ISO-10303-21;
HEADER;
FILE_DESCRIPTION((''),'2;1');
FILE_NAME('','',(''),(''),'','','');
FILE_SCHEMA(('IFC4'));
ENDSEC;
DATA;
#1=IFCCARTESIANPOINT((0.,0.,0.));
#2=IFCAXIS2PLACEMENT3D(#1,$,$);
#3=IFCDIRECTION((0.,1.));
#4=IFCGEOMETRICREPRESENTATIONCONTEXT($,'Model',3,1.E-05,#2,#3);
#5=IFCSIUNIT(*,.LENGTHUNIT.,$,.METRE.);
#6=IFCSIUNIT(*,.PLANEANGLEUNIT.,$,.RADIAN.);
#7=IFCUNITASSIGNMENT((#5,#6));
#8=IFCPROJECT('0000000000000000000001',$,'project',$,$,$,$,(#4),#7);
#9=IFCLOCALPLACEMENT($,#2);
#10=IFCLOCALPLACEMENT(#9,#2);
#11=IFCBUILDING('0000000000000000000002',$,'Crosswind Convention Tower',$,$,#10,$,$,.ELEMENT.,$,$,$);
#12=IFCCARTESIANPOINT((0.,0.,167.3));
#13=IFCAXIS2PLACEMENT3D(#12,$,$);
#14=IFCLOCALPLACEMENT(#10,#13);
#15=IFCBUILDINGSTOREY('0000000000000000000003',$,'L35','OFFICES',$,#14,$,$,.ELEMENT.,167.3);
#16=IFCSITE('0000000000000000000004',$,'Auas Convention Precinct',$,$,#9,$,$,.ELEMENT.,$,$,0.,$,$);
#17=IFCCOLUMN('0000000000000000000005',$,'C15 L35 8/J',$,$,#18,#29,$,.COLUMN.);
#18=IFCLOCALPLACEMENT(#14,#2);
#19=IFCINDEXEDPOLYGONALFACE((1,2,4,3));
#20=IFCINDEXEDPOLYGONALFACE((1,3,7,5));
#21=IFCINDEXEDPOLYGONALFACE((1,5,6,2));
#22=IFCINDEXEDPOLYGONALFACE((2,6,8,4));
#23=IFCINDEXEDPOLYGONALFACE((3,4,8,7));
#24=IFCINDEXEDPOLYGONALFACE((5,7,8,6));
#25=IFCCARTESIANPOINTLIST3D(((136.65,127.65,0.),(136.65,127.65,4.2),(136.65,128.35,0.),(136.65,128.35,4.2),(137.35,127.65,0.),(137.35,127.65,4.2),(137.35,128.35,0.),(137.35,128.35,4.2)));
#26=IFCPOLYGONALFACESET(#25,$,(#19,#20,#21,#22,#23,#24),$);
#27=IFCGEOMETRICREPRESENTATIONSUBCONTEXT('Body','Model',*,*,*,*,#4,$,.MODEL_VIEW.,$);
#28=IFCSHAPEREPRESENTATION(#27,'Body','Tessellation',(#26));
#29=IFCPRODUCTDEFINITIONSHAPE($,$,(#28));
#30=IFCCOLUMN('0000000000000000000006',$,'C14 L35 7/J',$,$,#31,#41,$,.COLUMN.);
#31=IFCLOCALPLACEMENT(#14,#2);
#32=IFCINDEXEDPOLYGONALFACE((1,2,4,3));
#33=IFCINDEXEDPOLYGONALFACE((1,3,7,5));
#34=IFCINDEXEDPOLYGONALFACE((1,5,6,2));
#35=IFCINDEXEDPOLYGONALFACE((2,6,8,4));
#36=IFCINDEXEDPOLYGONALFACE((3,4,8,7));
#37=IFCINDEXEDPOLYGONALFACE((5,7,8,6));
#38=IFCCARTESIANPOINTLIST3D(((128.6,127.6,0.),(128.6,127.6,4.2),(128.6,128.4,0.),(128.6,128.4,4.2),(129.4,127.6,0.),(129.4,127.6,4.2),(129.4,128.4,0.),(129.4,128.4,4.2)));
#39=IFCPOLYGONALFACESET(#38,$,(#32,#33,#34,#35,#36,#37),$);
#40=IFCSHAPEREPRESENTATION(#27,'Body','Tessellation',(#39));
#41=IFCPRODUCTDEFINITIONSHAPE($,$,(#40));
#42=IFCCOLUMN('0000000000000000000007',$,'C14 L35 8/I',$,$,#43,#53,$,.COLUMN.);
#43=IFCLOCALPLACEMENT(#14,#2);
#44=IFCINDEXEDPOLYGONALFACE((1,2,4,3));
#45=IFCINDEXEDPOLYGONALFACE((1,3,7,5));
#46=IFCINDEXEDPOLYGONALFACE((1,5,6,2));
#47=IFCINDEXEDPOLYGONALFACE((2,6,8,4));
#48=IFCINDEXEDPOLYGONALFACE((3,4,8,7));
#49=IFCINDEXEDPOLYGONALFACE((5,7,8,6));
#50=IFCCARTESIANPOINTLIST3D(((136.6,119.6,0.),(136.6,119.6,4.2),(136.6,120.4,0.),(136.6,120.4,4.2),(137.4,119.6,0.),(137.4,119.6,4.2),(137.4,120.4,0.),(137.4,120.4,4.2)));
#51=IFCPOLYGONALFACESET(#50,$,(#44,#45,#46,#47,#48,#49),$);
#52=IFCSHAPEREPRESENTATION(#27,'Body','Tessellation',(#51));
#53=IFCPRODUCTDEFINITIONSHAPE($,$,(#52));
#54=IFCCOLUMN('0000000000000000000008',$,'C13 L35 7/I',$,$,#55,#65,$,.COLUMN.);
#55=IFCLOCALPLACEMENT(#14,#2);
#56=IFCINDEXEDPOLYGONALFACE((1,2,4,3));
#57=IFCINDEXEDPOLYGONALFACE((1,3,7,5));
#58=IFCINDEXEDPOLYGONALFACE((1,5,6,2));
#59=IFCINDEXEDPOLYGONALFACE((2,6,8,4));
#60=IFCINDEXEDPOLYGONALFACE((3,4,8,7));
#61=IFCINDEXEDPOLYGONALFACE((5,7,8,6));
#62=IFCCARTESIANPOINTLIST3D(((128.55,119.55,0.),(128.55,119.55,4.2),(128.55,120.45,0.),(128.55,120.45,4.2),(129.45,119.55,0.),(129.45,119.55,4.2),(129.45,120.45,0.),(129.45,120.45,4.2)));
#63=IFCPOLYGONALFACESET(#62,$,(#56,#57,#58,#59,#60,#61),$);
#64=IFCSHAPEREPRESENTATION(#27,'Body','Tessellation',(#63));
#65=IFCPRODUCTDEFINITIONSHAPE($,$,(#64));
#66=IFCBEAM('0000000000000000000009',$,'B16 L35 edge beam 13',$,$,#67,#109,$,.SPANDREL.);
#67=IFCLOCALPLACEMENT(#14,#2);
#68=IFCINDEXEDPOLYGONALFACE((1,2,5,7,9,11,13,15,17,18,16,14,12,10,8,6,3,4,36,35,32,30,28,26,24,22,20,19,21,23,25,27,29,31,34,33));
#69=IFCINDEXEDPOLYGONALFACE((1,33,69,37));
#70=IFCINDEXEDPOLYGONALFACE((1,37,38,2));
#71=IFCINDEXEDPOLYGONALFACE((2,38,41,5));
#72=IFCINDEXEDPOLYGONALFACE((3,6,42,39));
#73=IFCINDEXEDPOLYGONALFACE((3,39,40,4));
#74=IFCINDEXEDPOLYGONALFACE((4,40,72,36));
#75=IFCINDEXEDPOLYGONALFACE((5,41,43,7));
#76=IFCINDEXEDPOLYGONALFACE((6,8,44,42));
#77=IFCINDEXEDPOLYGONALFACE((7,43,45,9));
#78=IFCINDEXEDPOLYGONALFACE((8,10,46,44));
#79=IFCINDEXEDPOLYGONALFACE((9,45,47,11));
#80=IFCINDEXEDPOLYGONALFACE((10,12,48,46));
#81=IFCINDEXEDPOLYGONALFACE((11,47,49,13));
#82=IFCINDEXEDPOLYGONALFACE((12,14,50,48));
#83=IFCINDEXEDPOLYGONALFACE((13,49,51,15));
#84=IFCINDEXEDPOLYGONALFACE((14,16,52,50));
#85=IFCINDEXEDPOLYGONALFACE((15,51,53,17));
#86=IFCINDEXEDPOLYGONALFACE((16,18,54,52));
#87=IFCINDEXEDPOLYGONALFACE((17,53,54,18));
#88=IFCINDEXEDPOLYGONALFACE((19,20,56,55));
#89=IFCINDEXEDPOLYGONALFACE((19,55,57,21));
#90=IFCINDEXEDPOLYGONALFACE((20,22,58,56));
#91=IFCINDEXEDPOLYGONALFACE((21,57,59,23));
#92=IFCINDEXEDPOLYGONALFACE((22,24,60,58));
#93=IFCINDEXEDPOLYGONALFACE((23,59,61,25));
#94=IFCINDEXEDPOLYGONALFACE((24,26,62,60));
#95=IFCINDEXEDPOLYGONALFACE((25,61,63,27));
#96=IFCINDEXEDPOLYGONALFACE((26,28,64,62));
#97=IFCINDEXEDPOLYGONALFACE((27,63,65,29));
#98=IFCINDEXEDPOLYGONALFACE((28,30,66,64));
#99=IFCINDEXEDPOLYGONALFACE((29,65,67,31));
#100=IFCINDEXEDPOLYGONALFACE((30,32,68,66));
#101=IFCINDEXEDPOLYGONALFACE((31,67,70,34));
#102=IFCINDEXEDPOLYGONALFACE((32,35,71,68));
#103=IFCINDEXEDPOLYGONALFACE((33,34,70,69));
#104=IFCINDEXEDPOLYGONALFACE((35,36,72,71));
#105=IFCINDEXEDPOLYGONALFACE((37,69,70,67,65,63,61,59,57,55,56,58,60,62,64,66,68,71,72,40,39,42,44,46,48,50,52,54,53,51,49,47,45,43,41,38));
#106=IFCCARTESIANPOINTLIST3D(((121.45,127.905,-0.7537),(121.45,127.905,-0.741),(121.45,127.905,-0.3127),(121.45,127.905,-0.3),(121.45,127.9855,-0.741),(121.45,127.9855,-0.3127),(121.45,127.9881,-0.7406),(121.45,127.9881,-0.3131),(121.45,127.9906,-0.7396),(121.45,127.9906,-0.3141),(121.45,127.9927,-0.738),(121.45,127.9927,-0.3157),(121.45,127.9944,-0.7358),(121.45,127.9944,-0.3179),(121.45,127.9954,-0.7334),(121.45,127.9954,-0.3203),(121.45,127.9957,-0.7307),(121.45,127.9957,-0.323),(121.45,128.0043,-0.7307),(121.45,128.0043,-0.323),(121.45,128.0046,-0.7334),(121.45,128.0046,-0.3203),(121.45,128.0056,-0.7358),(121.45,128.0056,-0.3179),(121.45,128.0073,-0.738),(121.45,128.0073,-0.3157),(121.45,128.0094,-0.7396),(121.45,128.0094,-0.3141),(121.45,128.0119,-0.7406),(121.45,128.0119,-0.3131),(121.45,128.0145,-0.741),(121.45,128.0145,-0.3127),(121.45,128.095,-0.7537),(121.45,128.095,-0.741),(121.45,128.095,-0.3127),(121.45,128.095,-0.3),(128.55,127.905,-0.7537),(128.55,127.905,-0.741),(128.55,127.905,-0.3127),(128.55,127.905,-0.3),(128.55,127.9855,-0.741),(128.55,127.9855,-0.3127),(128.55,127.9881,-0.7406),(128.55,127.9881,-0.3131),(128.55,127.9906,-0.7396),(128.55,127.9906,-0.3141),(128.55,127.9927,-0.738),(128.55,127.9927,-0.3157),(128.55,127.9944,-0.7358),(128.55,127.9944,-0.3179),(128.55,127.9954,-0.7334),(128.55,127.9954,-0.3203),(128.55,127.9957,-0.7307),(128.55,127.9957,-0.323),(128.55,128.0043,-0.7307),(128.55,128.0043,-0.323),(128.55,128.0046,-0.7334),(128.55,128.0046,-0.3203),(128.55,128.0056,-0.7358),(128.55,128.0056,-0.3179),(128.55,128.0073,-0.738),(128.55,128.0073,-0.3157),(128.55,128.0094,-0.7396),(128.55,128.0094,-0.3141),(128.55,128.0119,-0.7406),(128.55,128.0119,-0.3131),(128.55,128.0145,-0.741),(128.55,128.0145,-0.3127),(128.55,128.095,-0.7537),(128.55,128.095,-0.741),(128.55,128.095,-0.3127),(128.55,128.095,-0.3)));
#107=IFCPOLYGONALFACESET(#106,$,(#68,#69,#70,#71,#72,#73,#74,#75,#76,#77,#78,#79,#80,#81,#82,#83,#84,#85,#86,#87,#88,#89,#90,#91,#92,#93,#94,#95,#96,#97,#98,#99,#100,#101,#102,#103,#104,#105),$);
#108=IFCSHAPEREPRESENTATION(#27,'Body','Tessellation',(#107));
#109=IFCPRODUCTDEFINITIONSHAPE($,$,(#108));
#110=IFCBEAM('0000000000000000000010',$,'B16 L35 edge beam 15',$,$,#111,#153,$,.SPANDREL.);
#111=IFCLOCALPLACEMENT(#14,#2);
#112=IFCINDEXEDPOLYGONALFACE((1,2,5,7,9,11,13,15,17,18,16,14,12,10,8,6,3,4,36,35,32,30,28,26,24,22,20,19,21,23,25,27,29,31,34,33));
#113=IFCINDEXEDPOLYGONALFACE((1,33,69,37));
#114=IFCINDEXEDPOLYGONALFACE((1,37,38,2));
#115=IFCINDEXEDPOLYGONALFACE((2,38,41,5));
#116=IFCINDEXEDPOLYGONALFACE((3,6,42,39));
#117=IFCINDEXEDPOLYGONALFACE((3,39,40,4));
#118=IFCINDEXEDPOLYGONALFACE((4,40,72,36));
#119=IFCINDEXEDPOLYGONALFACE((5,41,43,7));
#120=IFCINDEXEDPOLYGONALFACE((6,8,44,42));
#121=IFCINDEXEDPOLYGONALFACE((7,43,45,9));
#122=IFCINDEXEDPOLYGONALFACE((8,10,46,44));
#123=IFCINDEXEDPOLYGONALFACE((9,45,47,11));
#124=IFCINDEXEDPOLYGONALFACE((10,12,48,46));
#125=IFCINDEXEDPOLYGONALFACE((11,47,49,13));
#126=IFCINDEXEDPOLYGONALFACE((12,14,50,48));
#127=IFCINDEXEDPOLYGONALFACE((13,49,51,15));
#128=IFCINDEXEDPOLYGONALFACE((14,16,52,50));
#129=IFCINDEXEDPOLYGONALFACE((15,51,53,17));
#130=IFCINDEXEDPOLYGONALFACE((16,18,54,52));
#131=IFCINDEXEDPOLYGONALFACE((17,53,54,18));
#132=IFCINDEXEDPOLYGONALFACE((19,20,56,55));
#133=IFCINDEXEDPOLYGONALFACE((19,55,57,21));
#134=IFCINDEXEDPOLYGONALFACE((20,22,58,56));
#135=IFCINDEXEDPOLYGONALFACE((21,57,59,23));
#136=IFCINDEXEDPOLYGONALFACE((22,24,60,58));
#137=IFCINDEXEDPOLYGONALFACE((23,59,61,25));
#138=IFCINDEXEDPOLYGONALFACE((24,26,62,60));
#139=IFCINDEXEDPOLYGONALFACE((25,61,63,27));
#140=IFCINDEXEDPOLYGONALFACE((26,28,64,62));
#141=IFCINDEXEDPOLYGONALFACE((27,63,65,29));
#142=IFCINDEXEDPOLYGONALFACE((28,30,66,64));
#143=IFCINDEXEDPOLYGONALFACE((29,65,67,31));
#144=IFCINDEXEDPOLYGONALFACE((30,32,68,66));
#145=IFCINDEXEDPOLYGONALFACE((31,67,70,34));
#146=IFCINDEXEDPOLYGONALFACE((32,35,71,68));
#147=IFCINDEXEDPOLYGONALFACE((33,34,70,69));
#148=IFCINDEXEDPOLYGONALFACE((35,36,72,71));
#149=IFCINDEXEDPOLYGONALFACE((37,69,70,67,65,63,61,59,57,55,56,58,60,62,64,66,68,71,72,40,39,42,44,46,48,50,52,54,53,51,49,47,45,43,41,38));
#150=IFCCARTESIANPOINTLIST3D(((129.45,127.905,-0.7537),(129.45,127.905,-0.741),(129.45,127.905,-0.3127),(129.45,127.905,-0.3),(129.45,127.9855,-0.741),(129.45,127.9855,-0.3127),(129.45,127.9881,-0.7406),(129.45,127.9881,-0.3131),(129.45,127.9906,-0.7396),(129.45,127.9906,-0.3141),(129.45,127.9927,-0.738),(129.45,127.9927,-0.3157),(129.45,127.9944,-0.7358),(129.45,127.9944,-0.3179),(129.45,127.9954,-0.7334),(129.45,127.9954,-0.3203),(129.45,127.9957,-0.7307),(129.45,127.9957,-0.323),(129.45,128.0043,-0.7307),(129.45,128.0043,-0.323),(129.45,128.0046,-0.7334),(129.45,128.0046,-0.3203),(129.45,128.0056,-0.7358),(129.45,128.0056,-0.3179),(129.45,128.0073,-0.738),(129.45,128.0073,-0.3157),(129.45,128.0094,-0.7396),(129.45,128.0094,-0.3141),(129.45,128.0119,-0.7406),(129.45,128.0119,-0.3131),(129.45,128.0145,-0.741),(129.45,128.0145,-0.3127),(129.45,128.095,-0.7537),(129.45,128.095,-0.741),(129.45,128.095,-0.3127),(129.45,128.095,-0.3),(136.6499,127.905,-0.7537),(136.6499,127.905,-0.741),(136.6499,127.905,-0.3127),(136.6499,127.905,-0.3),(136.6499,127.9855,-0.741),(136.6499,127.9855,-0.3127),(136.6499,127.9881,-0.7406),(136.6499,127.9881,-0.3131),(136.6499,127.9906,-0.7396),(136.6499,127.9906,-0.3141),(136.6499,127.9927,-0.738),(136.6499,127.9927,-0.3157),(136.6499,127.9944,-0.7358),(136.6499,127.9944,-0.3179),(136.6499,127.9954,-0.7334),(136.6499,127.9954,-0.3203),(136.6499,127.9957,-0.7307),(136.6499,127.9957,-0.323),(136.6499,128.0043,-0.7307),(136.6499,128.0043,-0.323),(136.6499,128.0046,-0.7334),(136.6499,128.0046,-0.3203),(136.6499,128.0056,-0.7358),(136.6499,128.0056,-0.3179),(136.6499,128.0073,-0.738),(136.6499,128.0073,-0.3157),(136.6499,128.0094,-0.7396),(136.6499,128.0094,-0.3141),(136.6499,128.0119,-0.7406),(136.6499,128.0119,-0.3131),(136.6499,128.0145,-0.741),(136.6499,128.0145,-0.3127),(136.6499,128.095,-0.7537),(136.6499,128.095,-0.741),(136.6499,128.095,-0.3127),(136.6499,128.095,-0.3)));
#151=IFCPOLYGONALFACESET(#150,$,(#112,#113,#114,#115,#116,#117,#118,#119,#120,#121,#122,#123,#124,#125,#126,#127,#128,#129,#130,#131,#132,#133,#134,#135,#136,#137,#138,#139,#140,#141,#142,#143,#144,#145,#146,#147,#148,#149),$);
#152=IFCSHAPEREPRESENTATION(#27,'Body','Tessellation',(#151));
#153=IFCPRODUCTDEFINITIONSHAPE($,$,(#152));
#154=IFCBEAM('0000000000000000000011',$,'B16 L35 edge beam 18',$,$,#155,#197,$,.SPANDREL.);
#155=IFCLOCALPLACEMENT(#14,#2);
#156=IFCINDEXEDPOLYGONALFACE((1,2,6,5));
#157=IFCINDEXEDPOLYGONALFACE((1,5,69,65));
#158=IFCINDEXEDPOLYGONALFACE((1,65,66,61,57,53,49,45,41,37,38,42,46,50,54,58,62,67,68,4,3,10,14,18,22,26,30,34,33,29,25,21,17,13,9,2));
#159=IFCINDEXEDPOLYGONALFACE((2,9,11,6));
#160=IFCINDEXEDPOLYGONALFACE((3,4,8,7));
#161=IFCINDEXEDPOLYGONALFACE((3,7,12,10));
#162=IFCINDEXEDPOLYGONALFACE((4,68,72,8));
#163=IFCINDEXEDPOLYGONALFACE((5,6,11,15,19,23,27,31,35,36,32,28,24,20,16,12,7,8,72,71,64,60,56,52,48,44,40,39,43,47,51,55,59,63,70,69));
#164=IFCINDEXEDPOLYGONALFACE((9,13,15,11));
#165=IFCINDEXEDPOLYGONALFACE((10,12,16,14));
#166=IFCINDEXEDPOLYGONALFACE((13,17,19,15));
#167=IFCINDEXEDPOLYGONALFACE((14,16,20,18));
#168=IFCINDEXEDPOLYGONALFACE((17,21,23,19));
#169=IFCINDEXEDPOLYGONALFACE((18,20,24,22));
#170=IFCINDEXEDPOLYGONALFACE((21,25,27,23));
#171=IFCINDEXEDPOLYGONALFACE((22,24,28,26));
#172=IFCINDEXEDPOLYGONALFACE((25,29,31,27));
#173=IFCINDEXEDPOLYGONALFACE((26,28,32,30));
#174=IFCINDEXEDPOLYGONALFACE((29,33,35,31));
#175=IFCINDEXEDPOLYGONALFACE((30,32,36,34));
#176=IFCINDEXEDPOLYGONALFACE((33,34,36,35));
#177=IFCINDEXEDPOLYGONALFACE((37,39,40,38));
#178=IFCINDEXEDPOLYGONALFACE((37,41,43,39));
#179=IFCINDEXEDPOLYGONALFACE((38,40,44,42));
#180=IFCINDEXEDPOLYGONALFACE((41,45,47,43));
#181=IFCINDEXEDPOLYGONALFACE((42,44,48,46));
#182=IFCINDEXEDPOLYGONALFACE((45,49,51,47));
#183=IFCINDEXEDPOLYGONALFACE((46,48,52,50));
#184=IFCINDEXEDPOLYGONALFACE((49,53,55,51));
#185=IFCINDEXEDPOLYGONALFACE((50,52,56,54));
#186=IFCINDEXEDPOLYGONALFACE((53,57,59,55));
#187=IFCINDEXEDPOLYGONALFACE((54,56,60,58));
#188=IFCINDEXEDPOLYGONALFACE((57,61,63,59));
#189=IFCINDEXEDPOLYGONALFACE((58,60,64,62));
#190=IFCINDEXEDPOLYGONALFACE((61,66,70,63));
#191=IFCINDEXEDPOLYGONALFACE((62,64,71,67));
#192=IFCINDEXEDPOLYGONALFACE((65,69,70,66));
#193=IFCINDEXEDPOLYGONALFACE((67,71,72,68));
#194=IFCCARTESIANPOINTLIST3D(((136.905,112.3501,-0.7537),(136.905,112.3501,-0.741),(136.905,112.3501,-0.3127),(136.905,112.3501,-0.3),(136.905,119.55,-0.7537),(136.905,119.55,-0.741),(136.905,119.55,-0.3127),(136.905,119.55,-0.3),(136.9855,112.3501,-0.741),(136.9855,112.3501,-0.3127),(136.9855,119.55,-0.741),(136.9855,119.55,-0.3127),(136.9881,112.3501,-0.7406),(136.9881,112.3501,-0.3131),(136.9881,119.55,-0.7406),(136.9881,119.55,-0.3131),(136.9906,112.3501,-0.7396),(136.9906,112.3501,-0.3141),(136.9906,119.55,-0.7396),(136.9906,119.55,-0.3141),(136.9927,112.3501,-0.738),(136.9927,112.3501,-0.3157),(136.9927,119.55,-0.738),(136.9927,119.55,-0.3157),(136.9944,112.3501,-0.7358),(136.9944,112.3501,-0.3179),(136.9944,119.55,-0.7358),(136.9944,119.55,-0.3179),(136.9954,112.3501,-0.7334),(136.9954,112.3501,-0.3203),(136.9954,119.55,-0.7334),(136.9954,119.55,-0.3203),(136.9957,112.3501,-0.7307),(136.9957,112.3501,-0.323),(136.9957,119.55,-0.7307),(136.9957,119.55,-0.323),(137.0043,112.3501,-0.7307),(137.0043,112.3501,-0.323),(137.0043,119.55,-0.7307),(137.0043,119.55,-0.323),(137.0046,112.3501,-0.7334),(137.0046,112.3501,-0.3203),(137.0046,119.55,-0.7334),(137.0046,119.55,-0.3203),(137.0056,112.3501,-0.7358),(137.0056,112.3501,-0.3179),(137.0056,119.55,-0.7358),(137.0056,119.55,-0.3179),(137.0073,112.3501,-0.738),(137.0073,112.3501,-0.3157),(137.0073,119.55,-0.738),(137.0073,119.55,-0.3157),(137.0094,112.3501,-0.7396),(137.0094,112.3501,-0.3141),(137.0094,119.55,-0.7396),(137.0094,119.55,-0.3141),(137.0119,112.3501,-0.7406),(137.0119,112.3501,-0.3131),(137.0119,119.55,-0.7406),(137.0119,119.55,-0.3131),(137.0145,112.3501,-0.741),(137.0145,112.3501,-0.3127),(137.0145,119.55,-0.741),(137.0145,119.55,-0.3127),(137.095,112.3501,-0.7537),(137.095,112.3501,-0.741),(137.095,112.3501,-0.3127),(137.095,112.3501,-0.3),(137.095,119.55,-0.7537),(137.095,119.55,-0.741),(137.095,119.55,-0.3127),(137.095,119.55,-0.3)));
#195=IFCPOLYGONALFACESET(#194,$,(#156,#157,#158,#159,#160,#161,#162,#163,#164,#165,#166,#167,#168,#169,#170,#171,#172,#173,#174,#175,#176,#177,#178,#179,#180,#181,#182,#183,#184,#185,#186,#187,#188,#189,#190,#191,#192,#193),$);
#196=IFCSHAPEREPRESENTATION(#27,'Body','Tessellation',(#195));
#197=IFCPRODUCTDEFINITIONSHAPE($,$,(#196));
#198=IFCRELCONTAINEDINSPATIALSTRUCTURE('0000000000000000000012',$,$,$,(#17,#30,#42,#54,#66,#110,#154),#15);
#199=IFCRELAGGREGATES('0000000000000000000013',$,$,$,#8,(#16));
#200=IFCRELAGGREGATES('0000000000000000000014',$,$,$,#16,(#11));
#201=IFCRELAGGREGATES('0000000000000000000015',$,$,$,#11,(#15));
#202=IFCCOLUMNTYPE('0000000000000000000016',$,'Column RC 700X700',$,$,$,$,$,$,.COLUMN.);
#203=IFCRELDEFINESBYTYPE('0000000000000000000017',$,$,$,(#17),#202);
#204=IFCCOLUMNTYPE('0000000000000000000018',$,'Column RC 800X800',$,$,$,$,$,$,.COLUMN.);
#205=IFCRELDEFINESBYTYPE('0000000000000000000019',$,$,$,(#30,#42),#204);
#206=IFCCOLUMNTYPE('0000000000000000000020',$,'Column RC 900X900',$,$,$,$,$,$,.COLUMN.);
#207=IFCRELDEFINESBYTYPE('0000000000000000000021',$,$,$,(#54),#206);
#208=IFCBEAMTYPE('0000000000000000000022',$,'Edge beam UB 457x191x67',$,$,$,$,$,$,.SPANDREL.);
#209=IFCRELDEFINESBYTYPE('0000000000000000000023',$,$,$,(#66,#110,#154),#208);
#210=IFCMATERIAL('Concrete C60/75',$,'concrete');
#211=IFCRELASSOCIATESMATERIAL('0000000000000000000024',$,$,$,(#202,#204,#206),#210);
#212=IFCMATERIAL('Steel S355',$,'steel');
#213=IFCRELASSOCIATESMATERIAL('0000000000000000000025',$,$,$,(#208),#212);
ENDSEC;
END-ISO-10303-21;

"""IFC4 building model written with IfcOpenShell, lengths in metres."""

from ifc_helpers import new_model, si_unit, direction, frame, origin, origin_2d, place, context, subcontext, project, spatial, rectangle, i_section, extrude, material, material_profile, profile_set, type_object, element, save


model = new_model("IFC4")

# Units and contexts
model_context = context("Model", 3, precision=1e-05, world=origin(), true_north=direction((0.0, 1.0)))
body_context = subcontext(model_context, "Body", "Model", "MODEL_VIEW")
ifc_project = project(units=[si_unit("LENGTHUNIT", "METRE"), si_unit("PLANEANGLEUNIT", "RADIAN")], contexts=[model_context])

# Site, building, storey
site_placement = place(None, origin())
site = spatial("IfcSite", under=ifc_project, at=site_placement, Name="Auas Convention Precinct", CompositionType="ELEMENT", RefElevation=0.0)
building_placement = place(site_placement, origin())
building = spatial("IfcBuilding", under=site, at=building_placement, Name="Crosswind Convention Tower", CompositionType="ELEMENT")
storey_placement = place(building_placement, frame((0.0, 0.0, 167.3)))
storey = spatial("IfcBuildingStorey", under=building, at=storey_placement, Name="L35", Description="OFFICES", CompositionType="ELEMENT", Elevation=167.3)

# Columns
ifc_material_1 = material(Name="Concrete C60/75", Category="concrete")
ifc_material_profile_1 = material_profile(ifc_material_1, rectangle(XDim=0.7, YDim=0.7, at=origin_2d()), Name="RC 700X700")
ifc_profile_set_1 = profile_set([ifc_material_profile_1], Name="Concrete C60/75")
column_type_1 = type_object("IfcColumnType", Name="Column RC 700X700", PredefinedType="COLUMN", material=ifc_profile_set_1)
column_1_placement = place(storey_placement, frame((137.0, 128.0, 0.0), z_axis=(0.0, 0.0, 1.0), x_axis=(1.0, 0.0, 0.0)))
element("IfcColumn", 1, at=column_1_placement, inside=storey, type_object=column_type_1, Name="C15 L35 8/J", PredefinedType="COLUMN", context=body_context, shape_type="SweptSolid", body=[
    extrude(rectangle(XDim=0.7, YDim=0.7, at=origin_2d()), origin(), (0.0, 0.0, 1.0), 4.2),
])
ifc_material_profile_2 = material_profile(ifc_material_1, rectangle(XDim=0.8, YDim=0.8, at=origin_2d()), Name="RC 800X800")
ifc_profile_set_2 = profile_set([ifc_material_profile_2], Name="Concrete C60/75")
column_type_2 = type_object("IfcColumnType", Name="Column RC 800X800", PredefinedType="COLUMN", material=ifc_profile_set_2)
for number, where, z_axis, x_axis, name in (
    (2, (129.0, 128.0, 0.0), (0.0, 0.0, 1.0), (1.0, 0.0, 0.0), "C14 L35 7/J"),
    (3, (137.0, 120.0, 0.0), (0.0, 0.0, 1.0), (1.0, 0.0, 0.0), "C14 L35 8/I"),
):
    element("IfcColumn", number, at=place(storey_placement, frame(where, z_axis=z_axis, x_axis=x_axis)), inside=storey, type_object=column_type_2, Name=name, PredefinedType="COLUMN", context=body_context, shape_type="SweptSolid", body=[
        extrude(rectangle(XDim=0.8, YDim=0.8, at=origin_2d()), origin(), (0.0, 0.0, 1.0), 4.2),
    ])
ifc_material_profile_3 = material_profile(ifc_material_1, rectangle(XDim=0.8999, YDim=0.8999, at=origin_2d()), Name="RC 900X900")
ifc_profile_set_3 = profile_set([ifc_material_profile_3], Name="Concrete C60/75")
column_type_3 = type_object("IfcColumnType", Name="Column RC 900X900", PredefinedType="COLUMN", material=ifc_profile_set_3)
column_2_placement = place(storey_placement, frame((129.0, 120.0, 0.0), z_axis=(0.0, 0.0, 1.0), x_axis=(1.0, 0.0, 0.0)))
element("IfcColumn", 4, at=column_2_placement, inside=storey, type_object=column_type_3, Name="C13 L35 7/I", PredefinedType="COLUMN", context=body_context, shape_type="SweptSolid", body=[
    extrude(rectangle(XDim=0.8999, YDim=0.8999, at=origin_2d()), origin(), (0.0, 0.0, 1.0), 4.2),
])

# Beams
ifc_material_2 = material(Name="Steel S355", Category="steel")
ifc_material_profile_4 = material_profile(ifc_material_2, i_section(OverallWidth=0.1899, OverallDepth=0.4536, WebThickness=0.0085, FlangeThickness=0.0127, FilletRadius=0.0103, at=origin_2d()), Name="UB 457x191x67")
ifc_profile_set_4 = profile_set([ifc_material_profile_4], Name="Steel S355")
beam_type_1 = type_object("IfcBeamType", Name="Edge beam UB 457x191x67", PredefinedType="SPANDREL", material=ifc_profile_set_4)
beam_placement = place(storey_placement, frame((121.45, 128.0, -0.5269), z_axis=(1.0, 0.0, 0.0), x_axis=(0.0, 1.0, 0.0)))
element("IfcBeam", 5, at=beam_placement, inside=storey, type_object=beam_type_1, Name="B16 L35 edge beam 13", PredefinedType="SPANDREL", context=body_context, shape_type="SweptSolid", body=[
    extrude(i_section(OverallWidth=0.1899, OverallDepth=0.4536, WebThickness=0.0085, FlangeThickness=0.0127, FilletRadius=0.0103, at=origin_2d()), origin(), (0.0, 0.0, 1.0), 7.1001),
])
for number, where, z_axis, x_axis, name in (
    (6, (129.45, 128.0, -0.5269), (1.0, 0.0, 0.0), (0.0, 1.0, 0.0), "B16 L35 edge beam 15"),
    (7, (137.0, 112.3501, -0.5269), (0.0, 1.0, 0.0), (-1.0, 0.0, 0.0), "B16 L35 edge beam 18"),
):
    element("IfcBeam", number, at=place(storey_placement, frame(where, z_axis=z_axis, x_axis=x_axis)), inside=storey, type_object=beam_type_1, Name=name, PredefinedType="SPANDREL", context=body_context, shape_type="SweptSolid", body=[
        extrude(i_section(OverallWidth=0.1899, OverallDepth=0.4536, WebThickness=0.0085, FlangeThickness=0.0127, FilletRadius=0.0103, at=origin_2d()), origin(), (0.0, 0.0, 1.0), 7.2),
    ])

save(model, "model.ifc")
